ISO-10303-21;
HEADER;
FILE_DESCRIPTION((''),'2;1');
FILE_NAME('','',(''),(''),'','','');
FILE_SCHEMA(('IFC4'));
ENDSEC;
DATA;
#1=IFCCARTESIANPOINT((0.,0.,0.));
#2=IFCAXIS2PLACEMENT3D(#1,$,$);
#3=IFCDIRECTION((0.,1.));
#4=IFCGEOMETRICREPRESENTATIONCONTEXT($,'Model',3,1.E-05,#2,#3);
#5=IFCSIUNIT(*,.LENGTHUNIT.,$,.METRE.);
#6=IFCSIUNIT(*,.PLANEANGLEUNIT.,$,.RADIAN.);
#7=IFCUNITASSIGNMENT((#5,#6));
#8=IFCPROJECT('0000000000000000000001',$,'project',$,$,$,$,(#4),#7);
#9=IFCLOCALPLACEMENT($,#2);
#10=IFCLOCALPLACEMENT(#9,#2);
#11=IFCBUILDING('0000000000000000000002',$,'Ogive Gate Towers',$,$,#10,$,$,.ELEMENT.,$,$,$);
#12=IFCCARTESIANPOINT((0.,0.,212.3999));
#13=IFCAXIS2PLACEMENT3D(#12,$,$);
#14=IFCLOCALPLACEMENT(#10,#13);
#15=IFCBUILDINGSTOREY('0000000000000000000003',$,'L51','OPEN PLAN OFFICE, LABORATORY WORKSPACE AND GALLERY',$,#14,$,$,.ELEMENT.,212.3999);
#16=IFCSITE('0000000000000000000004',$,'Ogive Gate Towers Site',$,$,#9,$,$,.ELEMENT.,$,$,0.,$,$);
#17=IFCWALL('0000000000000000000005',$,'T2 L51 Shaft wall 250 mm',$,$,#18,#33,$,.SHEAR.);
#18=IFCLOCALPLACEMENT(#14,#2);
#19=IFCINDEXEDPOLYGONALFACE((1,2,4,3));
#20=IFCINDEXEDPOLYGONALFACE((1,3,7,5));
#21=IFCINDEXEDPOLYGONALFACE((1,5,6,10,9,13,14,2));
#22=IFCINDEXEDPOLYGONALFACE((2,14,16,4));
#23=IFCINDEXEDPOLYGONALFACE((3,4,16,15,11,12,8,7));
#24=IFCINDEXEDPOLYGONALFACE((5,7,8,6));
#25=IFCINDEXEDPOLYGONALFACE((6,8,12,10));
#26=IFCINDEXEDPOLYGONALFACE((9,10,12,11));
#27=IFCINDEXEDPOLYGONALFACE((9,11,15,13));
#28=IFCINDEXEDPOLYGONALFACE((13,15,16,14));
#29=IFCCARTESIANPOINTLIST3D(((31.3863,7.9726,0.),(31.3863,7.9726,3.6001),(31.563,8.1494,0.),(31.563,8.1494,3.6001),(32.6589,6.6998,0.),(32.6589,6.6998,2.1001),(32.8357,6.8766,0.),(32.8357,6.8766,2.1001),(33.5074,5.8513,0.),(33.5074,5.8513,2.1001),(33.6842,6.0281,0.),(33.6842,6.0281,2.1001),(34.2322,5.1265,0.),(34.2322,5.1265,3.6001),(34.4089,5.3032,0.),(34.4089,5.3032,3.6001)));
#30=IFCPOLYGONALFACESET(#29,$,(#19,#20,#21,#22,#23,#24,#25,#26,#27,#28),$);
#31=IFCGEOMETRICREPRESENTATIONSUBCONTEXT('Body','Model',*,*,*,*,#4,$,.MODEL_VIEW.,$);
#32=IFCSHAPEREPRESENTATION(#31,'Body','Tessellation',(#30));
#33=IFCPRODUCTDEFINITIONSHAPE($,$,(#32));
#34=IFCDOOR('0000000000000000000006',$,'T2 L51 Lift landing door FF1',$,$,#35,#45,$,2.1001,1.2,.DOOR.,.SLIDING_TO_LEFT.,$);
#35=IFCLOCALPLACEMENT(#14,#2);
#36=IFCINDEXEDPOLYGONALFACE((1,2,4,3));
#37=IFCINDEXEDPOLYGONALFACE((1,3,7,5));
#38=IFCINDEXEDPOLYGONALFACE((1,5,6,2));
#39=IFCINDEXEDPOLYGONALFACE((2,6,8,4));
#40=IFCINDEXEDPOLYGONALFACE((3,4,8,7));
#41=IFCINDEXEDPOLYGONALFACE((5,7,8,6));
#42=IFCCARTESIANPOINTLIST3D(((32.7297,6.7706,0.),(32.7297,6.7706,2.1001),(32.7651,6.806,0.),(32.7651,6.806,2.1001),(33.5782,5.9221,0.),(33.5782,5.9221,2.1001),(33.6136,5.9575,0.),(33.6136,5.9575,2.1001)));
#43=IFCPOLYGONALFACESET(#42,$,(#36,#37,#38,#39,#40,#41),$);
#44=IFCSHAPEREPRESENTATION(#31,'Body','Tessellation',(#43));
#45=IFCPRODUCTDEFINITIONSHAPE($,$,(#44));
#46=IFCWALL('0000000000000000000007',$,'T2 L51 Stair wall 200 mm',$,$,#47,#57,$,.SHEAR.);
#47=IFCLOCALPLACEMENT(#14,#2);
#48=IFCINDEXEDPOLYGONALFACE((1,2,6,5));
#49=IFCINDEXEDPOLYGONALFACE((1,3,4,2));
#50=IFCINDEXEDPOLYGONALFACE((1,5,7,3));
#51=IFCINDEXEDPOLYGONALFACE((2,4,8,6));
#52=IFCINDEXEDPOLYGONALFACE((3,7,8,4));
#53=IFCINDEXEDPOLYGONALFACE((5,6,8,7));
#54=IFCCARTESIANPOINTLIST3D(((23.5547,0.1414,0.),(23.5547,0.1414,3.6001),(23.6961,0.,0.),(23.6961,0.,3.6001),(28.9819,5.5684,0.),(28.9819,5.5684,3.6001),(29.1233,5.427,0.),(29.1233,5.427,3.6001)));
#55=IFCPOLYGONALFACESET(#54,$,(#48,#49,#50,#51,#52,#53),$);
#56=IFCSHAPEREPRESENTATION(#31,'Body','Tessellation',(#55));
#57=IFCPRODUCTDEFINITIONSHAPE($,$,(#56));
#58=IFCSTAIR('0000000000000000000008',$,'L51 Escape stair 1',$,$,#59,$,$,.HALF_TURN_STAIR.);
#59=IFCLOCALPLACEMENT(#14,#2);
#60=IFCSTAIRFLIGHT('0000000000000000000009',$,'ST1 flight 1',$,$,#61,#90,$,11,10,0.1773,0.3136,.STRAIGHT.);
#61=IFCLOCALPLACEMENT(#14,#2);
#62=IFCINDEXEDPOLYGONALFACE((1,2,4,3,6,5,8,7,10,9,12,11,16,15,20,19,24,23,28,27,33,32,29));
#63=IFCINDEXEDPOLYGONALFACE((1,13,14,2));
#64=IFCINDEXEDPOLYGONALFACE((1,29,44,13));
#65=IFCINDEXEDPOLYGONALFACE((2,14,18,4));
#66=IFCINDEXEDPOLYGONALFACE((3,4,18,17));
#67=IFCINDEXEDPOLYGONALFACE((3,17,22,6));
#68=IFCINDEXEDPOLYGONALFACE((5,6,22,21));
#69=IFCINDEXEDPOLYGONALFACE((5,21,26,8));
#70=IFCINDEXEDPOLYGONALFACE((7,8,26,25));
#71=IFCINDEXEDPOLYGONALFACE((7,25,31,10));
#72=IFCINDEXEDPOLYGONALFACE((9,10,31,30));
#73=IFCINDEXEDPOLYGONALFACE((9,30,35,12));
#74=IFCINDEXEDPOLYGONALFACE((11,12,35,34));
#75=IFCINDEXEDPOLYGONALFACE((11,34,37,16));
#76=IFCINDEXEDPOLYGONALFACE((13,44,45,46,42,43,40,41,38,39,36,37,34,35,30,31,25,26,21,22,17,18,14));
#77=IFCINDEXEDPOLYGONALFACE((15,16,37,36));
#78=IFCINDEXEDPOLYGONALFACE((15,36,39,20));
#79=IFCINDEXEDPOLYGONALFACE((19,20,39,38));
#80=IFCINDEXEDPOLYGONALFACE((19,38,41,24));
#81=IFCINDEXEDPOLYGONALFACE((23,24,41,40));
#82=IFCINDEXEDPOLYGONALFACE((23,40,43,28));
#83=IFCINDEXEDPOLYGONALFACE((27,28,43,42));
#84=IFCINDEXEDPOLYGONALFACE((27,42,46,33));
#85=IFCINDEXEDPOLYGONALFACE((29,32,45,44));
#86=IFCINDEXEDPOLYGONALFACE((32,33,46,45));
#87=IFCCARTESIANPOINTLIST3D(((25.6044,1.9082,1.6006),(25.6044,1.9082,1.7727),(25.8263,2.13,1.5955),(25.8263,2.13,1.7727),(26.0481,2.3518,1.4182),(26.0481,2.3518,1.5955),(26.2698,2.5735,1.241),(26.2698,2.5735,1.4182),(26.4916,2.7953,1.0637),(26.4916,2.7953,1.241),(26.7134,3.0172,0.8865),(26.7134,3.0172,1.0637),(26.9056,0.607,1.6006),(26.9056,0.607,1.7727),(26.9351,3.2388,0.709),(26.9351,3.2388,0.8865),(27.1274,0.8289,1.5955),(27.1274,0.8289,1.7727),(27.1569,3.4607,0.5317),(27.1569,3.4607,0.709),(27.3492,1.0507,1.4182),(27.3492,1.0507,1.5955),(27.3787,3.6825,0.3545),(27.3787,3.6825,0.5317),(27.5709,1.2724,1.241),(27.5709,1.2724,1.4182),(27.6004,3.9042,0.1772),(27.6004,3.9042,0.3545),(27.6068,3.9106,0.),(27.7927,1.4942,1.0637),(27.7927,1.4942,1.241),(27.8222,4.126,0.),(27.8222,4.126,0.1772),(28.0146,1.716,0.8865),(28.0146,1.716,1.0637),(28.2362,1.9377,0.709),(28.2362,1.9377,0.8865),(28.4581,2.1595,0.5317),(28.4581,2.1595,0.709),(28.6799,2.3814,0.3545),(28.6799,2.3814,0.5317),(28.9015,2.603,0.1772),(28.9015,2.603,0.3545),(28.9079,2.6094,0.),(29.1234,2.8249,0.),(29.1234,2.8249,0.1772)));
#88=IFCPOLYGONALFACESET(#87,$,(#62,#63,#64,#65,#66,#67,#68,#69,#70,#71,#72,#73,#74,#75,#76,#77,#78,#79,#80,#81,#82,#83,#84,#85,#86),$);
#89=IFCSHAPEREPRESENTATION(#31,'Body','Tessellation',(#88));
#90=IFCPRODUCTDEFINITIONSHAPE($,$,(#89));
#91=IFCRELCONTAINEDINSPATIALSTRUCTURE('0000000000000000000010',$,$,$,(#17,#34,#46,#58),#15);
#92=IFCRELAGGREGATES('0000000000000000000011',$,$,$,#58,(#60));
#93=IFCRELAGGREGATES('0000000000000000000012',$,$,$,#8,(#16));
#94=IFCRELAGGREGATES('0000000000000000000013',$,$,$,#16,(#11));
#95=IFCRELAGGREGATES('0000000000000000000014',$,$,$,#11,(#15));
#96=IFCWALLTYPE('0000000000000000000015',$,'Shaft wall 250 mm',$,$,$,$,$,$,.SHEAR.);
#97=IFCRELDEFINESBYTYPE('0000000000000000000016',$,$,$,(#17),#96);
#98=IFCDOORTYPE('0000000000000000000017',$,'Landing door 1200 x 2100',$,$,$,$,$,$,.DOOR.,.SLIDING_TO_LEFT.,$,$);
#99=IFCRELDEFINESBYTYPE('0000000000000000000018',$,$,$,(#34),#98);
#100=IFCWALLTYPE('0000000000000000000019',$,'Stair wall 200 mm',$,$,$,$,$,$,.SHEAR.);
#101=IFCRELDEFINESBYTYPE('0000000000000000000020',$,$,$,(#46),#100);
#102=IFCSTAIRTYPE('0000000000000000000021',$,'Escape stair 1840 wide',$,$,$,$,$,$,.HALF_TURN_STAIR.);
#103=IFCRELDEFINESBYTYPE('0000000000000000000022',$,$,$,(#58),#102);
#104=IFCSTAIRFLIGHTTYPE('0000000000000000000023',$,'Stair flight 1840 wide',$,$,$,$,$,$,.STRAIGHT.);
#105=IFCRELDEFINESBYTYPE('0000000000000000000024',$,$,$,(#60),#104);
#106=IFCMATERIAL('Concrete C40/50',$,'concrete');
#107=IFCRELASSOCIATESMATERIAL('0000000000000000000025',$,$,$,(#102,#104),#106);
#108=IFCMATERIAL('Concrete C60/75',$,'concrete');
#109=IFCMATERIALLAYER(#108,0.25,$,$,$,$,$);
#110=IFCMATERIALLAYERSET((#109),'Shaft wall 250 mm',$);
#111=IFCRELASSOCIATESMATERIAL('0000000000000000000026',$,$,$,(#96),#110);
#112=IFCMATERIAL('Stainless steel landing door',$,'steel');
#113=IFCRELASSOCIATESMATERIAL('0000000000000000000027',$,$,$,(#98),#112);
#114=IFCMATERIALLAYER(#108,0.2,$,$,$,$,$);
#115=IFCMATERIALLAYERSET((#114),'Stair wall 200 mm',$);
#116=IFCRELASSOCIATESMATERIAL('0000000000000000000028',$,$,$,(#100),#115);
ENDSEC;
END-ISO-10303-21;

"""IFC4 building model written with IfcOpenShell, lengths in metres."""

from ifc_helpers import new_model, si_unit, direction, frame, frame_2d, origin, place, context, subcontext, project, spatial, polyline, rectangle, outline, extrude, material, layer, layer_set, type_object, element, fill, aggregate, save


model = new_model("IFC4")

# Units and contexts
model_context = context("Model", 3, precision=1e-05, world=origin(), true_north=direction((0.0, 1.0)))
body_context = subcontext(model_context, "Body", "Model", "MODEL_VIEW")
ifc_project = project(units=[si_unit("LENGTHUNIT", "METRE"), si_unit("PLANEANGLEUNIT", "RADIAN")], contexts=[model_context])

# Site, building, storey
site_placement = place(None, origin())
site = spatial("IfcSite", under=ifc_project, at=site_placement, Name="Ogive Gate Towers Site", CompositionType="ELEMENT", RefElevation=0.0)
building_placement = place(site_placement, origin())
building = spatial("IfcBuilding", under=site, at=building_placement, Name="Ogive Gate Towers", CompositionType="ELEMENT")
storey_placement = place(building_placement, frame((0.0, 0.0, 212.3999)))
storey = spatial("IfcBuildingStorey", under=building, at=storey_placement, Name="L51", Description="OPEN PLAN OFFICE, LABORATORY WORKSPACE AND GALLERY", CompositionType="ELEMENT", Elevation=212.3999)

# Shared definitions
ifc_material_1 = material(Name="Concrete C40/50", Category="concrete")

# Shared definitions
stair_type = type_object("IfcStairType", Name="Escape stair 1840 wide", PredefinedType="HALF_TURN_STAIR", material=ifc_material_1)

# Shared definitions
ifc_material_2 = material(Name="Concrete C60/75", Category="concrete")

# Shared definitions
ifc_layer_1 = layer(ifc_material_2, 0.25)
ifc_layer_set_1 = layer_set([ifc_layer_1], Name="Shaft wall 250 mm")
wall_type_1 = type_object("IfcWallType", Name="Shaft wall 250 mm", PredefinedType="SHEAR", material=ifc_layer_set_1)

# Wall, opening, door
wall_1_placement = place(storey_placement, frame((34.3206, 5.2148, 0.0), z_axis=(0.0, 0.0, 1.0), x_axis=(-0.707076, 0.707137, 0.0)))
wall_1 = element("IfcWall", 1, at=wall_1_placement, inside=storey, type_object=wall_type_1, Name="T2 L51 Shaft wall 250 mm", PredefinedType="SHEAR", context=body_context, shape_type="SweptSolid", body=[
    extrude(rectangle(XDim=4.0249, YDim=0.25, at=frame_2d((2.0125, 0.0))), origin(), (0.0, 0.0, 1.0), 3.6001),
])
opening_1_placement = place(wall_1_placement, frame((1.0249, 0.0, 0.0)))
opening_1 = element("IfcOpeningElement", 2, at=opening_1_placement, cuts=wall_1, PredefinedType="OPENING", context=body_context, shape_type="SweptSolid", body=[
    extrude(rectangle(XDim=1.2, YDim=2.1001, at=frame_2d((0.6001, 1.05))), frame((0.0, 0.135, 0.0), z_axis=(0.0, -1.0, 0.0), x_axis=(1.0, 0.0, 0.0)), (0.0, 0.0, 1.0), 0.27),
])
ifc_material_3 = material(Name="Stainless steel landing door", Category="steel")
door_type_1 = type_object("IfcDoorType", Name="Landing door 1200 x 2100", OperationType="SLIDING_TO_LEFT", PredefinedType="DOOR", material=ifc_material_3)
door_1_placement = place(opening_1_placement, origin())
door_1 = element("IfcDoor", 3, at=door_1_placement, inside=storey, type_object=door_type_1, Name="T2 L51 Lift landing door FF1", OperationType="SLIDING_TO_LEFT", OverallHeight=2.1001, OverallWidth=1.2, PredefinedType="DOOR", context=body_context, shape_type="SweptSolid", body=[
    extrude(rectangle(XDim=1.2, YDim=2.1001, at=frame_2d((0.6001, 1.05))), frame((0.0, 0.0249, 0.0), z_axis=(0.0, -1.0, 0.0), x_axis=(1.0, 0.0, 0.0)), (0.0, 0.0, 1.0), 0.05),
])
fill(opening_1, door_1)

# Wall
ifc_layer_2 = layer(ifc_material_2, 0.2)
ifc_layer_set_2 = layer_set([ifc_layer_2], Name="Stair wall 200 mm")
wall_type_2 = type_object("IfcWallType", Name="Stair wall 200 mm", PredefinedType="SHEAR", material=ifc_layer_set_2)
wall_2_placement = place(storey_placement, frame((23.6255, 0.0708, 0.0), z_axis=(0.0, 0.0, 1.0), x_axis=(0.707123, 0.707091, 0.0)))
element("IfcWall", 4, at=wall_2_placement, inside=storey, type_object=wall_type_2, Name="T2 L51 Stair wall 200 mm", PredefinedType="SHEAR", context=body_context, shape_type="SweptSolid", body=[
    extrude(rectangle(XDim=7.675, YDim=0.2, at=frame_2d((3.8374, 0.0))), origin(), (0.0, 0.0, 1.0), 3.6001),
])

# Stair, stair flight
stair_1_placement = place(storey_placement, origin())
stair_1 = element("IfcStair", 5, at=stair_1_placement, inside=storey, type_object=stair_type, Name="L51 Escape stair 1", PredefinedType="HALF_TURN_STAIR")
stair_flight_type = type_object("IfcStairFlightType", Name="Stair flight 1840 wide", PredefinedType="STRAIGHT", material=ifc_material_1)
stair_flight_placement = place(storey_placement, frame((28.4729, 3.4753, 0.0), z_axis=(0.0, 0.0, 1.0), x_axis=(-0.707107, -0.707107, 0.0)))
stair_flight = element("IfcStairFlight", 6, at=stair_flight_placement, type_object=stair_flight_type, Name="ST1 flight 1", NumberOfRisers=11, NumberOfTreads=10, PredefinedType="STRAIGHT", RiserHeight=0.1773, TreadLength=0.3136, context=body_context, shape_type="SweptSolid", body=[
    extrude(outline(polyline([(0.0, 0.0), (0.0, 0.1772), (0.3137, 0.1772), (0.3137, 0.3545), (0.6272, 0.3545), (0.6272, 0.5317), (0.9409, 0.5317), (0.9409, 0.709), (1.2546, 0.709), (1.2546, 0.8865), (1.5681, 0.8865), (1.5681, 1.0637), (1.8818, 1.0637), (1.8818, 1.241), (2.1956, 1.241), (2.1956, 1.4182), (2.509, 1.4182), (2.509, 1.5955), (2.8228, 1.5955), (2.8228, 1.7727), (3.1365, 1.7727), (3.1365, 1.95), (3.1365, 1.6006), (0.3047, 0.0), (0.0, 0.0)])), frame((0.0, 0.9199, 0.0), z_axis=(0.0, -1.0, 0.0), x_axis=(1.0, 0.0, 0.0)), (0.0, 0.0, 1.0), 1.8401),
])
aggregate(stair_1, [stair_flight])

save(model, "model.ifc")
